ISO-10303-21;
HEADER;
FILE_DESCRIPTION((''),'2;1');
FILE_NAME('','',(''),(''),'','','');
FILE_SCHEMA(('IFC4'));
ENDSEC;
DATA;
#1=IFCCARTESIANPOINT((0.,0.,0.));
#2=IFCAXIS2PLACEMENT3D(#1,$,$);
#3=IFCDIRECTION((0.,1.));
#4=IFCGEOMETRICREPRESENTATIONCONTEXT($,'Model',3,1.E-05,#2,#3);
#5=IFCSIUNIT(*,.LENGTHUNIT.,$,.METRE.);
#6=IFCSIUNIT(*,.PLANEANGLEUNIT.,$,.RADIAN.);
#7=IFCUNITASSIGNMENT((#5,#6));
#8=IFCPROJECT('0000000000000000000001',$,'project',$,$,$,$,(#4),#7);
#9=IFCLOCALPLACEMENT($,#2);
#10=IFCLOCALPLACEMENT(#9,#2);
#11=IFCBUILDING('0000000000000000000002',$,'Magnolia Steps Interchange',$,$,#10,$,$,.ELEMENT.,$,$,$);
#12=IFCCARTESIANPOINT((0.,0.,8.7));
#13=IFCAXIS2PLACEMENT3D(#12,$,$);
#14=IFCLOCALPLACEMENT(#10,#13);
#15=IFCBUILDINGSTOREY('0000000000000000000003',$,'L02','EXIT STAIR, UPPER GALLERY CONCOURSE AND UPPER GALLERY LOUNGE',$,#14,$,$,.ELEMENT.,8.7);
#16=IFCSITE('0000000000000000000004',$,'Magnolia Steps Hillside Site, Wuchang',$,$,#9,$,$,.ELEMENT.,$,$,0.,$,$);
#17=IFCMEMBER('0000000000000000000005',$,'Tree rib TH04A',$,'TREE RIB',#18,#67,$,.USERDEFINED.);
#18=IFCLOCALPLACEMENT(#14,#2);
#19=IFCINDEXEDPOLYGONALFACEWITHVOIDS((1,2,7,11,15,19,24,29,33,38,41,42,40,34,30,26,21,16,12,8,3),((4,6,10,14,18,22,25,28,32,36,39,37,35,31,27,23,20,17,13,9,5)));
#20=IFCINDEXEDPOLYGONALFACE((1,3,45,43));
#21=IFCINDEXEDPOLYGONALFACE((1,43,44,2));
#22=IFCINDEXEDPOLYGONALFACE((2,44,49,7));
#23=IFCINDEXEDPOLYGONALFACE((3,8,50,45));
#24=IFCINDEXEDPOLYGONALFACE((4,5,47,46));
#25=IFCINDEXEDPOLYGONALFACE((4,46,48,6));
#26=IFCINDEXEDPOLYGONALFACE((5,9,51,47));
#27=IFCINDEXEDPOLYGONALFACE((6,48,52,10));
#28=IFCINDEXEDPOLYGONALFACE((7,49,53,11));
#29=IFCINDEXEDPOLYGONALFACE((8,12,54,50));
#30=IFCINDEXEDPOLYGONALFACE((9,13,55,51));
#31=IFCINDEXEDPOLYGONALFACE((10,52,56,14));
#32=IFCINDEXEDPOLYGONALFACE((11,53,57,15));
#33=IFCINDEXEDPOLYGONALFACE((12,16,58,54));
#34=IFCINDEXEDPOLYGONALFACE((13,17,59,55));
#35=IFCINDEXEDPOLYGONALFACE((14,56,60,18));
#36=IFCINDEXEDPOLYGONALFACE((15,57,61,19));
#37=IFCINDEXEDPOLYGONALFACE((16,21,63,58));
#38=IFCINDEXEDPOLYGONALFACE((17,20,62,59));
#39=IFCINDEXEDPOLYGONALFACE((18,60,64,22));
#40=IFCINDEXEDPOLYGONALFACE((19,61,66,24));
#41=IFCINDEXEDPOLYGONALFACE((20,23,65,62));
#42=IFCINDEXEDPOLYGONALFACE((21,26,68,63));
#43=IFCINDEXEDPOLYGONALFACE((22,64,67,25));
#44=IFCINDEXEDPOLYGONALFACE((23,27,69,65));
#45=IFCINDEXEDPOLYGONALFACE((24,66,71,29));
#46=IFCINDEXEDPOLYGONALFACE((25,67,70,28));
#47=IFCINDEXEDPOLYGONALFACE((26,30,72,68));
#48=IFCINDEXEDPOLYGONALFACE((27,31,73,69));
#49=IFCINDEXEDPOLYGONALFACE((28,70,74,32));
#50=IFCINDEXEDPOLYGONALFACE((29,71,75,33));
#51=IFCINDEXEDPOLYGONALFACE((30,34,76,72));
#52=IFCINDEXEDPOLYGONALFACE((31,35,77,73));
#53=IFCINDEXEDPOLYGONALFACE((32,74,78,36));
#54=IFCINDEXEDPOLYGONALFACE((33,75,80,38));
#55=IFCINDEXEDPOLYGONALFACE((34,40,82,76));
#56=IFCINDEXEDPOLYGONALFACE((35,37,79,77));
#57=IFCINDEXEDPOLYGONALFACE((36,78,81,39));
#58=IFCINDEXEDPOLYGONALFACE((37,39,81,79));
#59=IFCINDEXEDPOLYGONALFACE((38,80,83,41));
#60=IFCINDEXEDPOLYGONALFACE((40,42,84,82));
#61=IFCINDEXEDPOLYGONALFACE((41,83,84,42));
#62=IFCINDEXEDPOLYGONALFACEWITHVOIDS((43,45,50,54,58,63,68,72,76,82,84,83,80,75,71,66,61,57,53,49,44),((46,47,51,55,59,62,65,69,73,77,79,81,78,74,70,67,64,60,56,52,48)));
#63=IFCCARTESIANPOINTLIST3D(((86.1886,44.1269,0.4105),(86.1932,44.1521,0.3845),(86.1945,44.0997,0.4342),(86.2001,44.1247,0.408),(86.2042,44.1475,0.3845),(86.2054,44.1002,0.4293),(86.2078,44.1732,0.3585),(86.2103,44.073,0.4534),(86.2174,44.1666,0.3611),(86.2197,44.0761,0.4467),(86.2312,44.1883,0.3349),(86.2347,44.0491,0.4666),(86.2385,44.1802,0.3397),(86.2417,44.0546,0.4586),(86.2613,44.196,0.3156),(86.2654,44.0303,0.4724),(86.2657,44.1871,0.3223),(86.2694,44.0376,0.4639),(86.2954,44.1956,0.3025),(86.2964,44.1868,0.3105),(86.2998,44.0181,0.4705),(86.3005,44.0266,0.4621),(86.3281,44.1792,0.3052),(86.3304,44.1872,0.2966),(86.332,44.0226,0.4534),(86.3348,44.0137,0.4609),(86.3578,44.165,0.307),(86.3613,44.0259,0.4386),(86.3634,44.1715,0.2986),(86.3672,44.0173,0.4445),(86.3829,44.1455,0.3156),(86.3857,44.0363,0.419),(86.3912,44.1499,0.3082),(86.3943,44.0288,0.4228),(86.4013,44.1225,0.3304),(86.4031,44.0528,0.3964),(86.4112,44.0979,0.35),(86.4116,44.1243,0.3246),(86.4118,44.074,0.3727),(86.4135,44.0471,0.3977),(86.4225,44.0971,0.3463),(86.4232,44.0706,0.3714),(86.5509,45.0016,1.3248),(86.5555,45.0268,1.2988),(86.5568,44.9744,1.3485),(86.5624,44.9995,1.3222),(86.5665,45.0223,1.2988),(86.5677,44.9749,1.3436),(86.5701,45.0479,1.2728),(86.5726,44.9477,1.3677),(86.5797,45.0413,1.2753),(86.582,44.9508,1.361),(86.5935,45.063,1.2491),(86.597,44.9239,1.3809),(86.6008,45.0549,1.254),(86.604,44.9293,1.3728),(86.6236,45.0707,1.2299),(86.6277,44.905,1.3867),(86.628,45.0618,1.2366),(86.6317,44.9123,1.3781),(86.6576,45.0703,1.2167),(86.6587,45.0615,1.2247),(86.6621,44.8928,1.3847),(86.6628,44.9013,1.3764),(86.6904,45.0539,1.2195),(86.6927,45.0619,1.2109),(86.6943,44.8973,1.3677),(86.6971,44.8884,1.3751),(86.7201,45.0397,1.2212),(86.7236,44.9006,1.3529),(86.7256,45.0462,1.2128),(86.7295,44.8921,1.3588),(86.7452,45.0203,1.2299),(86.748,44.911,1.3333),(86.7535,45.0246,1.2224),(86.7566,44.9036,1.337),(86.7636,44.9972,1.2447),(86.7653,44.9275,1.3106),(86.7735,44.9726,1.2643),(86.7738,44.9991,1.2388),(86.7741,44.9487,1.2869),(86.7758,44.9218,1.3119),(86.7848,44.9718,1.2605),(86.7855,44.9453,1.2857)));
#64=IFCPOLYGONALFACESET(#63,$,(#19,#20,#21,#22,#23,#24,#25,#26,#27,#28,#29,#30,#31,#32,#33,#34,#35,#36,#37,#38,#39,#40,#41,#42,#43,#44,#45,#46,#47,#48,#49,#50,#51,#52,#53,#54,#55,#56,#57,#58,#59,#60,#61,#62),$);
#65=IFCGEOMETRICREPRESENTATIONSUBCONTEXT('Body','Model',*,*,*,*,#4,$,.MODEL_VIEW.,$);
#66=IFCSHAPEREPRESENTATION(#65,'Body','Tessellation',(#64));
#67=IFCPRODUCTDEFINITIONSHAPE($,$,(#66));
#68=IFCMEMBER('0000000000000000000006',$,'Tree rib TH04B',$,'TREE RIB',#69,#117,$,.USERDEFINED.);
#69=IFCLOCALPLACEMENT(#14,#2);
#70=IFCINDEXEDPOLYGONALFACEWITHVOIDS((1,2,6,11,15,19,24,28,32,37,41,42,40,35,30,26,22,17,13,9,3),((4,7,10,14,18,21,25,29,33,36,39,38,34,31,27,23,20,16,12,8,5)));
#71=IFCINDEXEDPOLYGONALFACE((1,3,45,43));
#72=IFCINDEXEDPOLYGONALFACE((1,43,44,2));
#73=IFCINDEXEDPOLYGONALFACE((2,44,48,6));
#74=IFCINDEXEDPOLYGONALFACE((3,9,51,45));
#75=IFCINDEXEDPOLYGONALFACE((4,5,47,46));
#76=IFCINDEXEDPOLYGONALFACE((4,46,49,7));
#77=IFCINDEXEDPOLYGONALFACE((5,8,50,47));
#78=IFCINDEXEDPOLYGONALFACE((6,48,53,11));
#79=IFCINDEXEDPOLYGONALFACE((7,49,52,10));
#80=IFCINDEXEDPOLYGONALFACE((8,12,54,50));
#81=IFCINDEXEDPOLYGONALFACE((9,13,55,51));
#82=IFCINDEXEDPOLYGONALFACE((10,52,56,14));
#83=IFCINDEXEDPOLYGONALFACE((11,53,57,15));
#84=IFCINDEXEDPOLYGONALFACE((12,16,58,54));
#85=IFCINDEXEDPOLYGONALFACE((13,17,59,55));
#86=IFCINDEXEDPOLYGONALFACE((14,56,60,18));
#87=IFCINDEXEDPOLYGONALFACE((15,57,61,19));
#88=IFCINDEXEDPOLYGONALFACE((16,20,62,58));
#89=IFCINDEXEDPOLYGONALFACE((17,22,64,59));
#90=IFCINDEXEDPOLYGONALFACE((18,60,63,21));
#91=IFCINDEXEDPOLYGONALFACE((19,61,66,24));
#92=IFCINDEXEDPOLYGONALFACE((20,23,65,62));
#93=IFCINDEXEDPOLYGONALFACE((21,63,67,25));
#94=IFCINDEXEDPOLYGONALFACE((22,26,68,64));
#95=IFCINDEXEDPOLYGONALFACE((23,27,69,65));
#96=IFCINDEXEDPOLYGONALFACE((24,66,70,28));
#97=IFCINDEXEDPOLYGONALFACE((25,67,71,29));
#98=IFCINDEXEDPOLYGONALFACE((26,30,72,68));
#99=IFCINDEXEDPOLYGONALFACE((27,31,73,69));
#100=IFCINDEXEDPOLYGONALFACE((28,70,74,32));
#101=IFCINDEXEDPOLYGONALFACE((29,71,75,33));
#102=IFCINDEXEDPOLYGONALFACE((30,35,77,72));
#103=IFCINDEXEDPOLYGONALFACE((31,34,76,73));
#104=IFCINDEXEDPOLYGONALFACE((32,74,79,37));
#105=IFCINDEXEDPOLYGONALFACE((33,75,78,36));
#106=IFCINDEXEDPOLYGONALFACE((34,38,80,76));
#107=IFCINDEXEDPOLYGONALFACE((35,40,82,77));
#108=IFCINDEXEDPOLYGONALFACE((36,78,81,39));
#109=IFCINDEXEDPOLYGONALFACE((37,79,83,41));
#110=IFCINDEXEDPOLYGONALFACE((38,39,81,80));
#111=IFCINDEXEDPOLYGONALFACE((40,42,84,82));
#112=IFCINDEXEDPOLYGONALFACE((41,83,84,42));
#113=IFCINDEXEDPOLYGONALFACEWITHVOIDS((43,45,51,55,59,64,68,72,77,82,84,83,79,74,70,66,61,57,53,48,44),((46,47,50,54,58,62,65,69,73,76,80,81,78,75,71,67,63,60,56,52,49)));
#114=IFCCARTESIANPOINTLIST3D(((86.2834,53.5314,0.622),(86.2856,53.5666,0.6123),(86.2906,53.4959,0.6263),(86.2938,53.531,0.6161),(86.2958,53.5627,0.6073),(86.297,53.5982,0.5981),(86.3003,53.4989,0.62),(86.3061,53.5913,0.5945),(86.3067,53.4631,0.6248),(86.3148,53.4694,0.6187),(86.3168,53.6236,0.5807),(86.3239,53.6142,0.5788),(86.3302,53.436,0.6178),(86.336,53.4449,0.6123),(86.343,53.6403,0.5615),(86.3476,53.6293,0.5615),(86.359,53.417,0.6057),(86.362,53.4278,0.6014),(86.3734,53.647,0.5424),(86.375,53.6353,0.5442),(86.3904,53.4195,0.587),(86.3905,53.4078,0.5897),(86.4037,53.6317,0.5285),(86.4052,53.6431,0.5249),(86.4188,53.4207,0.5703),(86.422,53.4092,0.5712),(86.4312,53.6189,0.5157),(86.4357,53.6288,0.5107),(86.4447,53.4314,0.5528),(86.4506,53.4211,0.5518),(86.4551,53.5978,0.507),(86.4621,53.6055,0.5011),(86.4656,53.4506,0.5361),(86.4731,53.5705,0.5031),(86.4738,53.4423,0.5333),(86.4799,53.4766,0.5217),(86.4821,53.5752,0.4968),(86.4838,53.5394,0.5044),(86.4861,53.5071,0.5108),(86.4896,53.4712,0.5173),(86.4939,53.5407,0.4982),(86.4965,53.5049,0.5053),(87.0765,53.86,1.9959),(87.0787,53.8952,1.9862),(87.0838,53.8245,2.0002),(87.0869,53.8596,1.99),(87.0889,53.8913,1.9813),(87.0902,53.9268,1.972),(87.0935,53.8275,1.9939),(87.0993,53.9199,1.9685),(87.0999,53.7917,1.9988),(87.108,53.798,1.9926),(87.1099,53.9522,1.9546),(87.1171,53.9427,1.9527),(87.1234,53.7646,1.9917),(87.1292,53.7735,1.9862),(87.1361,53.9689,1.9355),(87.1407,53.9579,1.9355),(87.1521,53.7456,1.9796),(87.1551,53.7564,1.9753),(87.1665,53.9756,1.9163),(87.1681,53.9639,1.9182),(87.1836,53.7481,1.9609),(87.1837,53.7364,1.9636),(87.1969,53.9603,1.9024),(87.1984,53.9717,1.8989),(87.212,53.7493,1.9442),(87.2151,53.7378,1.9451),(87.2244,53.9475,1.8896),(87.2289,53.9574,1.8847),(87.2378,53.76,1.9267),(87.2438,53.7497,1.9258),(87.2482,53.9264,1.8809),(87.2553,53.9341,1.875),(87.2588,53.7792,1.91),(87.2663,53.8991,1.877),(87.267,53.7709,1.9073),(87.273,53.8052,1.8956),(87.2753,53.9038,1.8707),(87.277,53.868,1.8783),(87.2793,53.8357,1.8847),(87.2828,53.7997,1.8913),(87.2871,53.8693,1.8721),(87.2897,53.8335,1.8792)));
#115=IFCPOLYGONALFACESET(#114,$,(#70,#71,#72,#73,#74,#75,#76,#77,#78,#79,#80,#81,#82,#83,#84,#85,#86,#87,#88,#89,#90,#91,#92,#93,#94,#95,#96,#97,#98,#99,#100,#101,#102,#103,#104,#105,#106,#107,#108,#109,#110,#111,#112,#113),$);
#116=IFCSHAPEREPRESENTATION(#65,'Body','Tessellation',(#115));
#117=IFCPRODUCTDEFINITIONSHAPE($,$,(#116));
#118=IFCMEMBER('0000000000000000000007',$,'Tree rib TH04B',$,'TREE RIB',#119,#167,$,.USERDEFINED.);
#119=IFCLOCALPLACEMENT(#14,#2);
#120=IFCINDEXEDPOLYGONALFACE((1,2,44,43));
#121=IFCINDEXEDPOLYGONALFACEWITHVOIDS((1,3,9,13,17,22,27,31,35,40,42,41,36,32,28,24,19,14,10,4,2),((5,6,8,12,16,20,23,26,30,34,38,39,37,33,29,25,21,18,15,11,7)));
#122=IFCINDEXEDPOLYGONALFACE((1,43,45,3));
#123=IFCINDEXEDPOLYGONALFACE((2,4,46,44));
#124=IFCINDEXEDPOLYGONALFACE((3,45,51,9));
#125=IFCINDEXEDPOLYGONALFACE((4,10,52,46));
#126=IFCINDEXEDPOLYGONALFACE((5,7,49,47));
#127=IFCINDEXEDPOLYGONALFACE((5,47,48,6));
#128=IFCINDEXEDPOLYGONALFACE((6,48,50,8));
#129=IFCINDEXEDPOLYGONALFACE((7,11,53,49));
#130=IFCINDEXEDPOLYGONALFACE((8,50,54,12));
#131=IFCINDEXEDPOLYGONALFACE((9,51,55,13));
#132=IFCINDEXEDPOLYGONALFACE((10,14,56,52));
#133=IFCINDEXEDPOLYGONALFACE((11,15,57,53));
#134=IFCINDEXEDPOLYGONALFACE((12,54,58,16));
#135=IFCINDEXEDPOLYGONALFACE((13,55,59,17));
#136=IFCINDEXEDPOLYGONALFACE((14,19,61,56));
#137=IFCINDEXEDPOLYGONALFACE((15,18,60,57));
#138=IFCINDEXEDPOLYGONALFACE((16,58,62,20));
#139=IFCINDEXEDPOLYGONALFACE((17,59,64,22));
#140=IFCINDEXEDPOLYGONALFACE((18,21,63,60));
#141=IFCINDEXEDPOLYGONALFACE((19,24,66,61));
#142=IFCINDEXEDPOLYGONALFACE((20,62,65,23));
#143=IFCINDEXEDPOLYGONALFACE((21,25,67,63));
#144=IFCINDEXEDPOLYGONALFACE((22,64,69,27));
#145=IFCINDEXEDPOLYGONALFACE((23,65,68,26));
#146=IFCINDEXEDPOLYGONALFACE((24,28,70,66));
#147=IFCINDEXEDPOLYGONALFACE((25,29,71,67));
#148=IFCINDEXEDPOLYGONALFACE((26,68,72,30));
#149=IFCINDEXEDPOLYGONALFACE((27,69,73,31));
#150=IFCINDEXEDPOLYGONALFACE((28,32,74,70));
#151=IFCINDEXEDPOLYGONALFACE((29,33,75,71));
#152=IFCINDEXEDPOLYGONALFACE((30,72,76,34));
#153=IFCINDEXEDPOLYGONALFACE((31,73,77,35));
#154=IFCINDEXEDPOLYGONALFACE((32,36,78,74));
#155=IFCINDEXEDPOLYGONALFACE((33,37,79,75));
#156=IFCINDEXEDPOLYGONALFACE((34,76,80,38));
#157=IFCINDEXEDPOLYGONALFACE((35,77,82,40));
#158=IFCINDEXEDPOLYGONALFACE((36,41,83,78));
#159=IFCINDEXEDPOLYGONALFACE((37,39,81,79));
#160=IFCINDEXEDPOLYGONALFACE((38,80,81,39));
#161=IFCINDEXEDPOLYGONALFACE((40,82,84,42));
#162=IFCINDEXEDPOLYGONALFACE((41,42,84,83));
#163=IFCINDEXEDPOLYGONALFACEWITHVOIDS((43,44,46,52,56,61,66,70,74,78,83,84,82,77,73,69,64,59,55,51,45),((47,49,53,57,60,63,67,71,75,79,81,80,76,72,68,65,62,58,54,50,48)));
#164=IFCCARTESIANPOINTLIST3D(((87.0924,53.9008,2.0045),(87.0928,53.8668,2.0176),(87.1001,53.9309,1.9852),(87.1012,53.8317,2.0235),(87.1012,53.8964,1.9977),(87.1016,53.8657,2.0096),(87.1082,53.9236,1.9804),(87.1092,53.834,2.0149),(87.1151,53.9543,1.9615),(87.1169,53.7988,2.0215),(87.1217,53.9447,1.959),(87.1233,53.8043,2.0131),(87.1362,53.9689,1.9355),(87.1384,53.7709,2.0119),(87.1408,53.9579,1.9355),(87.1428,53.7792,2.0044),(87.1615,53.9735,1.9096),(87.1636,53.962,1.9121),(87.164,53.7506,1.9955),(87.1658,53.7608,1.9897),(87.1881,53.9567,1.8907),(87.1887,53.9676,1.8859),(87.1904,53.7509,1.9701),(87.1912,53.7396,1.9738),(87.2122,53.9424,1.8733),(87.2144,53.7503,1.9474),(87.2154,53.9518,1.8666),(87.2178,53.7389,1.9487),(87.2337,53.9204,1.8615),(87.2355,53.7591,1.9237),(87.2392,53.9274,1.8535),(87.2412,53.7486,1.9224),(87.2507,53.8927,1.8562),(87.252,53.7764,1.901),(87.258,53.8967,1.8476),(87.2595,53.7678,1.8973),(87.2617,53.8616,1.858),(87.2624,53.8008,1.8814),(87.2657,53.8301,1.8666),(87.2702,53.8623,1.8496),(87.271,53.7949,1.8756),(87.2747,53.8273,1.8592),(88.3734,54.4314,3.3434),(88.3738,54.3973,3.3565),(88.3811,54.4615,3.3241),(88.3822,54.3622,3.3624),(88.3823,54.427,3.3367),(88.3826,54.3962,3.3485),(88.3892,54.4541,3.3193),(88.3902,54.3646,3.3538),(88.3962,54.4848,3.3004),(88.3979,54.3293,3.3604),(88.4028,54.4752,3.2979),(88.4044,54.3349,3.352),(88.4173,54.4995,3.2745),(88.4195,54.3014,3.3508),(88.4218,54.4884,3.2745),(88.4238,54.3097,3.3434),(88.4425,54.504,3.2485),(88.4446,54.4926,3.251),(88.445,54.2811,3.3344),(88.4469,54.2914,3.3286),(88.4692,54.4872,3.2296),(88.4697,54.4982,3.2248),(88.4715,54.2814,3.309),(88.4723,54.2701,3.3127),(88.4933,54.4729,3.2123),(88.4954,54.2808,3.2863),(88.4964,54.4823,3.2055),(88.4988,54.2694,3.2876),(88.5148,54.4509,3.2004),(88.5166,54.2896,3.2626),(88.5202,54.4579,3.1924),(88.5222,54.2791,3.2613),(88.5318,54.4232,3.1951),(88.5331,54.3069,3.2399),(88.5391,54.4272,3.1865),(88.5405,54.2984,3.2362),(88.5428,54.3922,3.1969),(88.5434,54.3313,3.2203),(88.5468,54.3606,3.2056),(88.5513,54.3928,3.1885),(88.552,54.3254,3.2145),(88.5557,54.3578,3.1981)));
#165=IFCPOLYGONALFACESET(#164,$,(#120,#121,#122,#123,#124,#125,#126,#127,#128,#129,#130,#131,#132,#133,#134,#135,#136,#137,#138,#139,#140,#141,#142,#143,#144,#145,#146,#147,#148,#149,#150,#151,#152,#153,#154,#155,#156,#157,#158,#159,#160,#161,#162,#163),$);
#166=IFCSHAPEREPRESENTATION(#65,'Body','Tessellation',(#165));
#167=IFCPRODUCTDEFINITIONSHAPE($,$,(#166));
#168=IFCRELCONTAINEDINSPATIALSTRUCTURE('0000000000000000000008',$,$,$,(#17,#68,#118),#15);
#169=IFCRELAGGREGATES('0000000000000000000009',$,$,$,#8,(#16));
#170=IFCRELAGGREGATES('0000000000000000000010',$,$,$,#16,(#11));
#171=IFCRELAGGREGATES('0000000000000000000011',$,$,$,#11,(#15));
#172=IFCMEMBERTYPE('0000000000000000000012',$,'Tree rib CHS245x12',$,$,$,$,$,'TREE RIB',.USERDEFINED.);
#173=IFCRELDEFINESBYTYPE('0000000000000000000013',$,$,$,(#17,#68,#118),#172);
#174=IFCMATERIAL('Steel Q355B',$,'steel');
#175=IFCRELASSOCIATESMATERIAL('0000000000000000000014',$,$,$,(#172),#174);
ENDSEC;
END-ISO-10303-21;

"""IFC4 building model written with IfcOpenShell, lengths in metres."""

from ifc_helpers import new_model, si_unit, direction, frame, origin, origin_2d, place, context, subcontext, project, spatial, hollow_circle, extrude, material, material_profile, profile_set, type_object, element, save


model = new_model("IFC4")

# Units and contexts
model_context = context("Model", 3, precision=1e-05, world=origin(), true_north=direction((0.0, 1.0)))
body_context = subcontext(model_context, "Body", "Model", "MODEL_VIEW")
ifc_project = project(units=[si_unit("LENGTHUNIT", "METRE"), si_unit("PLANEANGLEUNIT", "RADIAN")], contexts=[model_context])

# Site, building, storey
site_placement = place(None, origin())
site = spatial("IfcSite", under=ifc_project, at=site_placement, Name="Magnolia Steps Hillside Site, Wuchang", CompositionType="ELEMENT", RefElevation=0.0)
building_placement = place(site_placement, origin())
building = spatial("IfcBuilding", under=site, at=building_placement, Name="Magnolia Steps Interchange", CompositionType="ELEMENT")
storey_placement = place(building_placement, frame((0.0, 0.0, 8.7)))
storey = spatial("IfcBuildingStorey", under=building, at=storey_placement, Name="L02", Description="EXIT STAIR, UPPER GALLERY CONCOURSE AND UPPER GALLERY LOUNGE", CompositionType="ELEMENT", Elevation=8.7)

# Members
ifc_material_1 = material(Name="Steel Q355B", Category="steel")
ifc_material_profile_1 = material_profile(ifc_material_1, hollow_circle(Radius=0.1226, WallThickness=0.012, at=origin_2d()), Name="CHS245x12")
ifc_profile_set_1 = profile_set([ifc_material_profile_1], Name="Steel Q355B")
member_type = type_object("IfcMemberType", Name="Tree rib CHS245x12", ElementType="TREE RIB", PredefinedType="USERDEFINED", material=ifc_profile_set_1)
member_1_placement = place(storey_placement, frame((86.3064, 44.1052, 0.3845), z_axis=(0.275263, 0.6646, 0.694649), x_axis=(-0.923891, 0.382655, 0.0)))
element("IfcMember", 1, at=member_1_placement, inside=storey, type_object=member_type, Name="Tree rib TH04A", ObjectType="TREE RIB", PredefinedType="USERDEFINED", context=body_context, shape_type="SweptSolid", body=[
    extrude(hollow_circle(Radius=0.1226, WallThickness=0.012, at=origin_2d()), origin(), (0.0, 0.0, 1.0), 1.3162),
])
member_2_placement = place(storey_placement, frame((86.3899, 53.5271, 0.5615), z_axis=(0.489571, 0.20282, 0.848047), x_axis=(-0.382737, 0.923857, 0.0)))
element("IfcMember", 2, at=member_2_placement, inside=storey, type_object=member_type, Name="Tree rib TH04B", ObjectType="TREE RIB", PredefinedType="USERDEFINED", context=body_context, shape_type="SweptSolid", body=[
    extrude(hollow_circle(Radius=0.1226, WallThickness=0.012, at=origin_2d()), origin(), (0.0, 0.0, 1.0), 1.6201),
])
for number, where, z_axis, x_axis, name in (
    (3, (87.1831, 53.8557, 1.9355), (0.664618, 0.275246, 0.694638), (-0.382627, 0.923903, 0.0), "Tree rib TH04B"),
):
    element("IfcMember", number, at=place(storey_placement, frame(where, z_axis=z_axis, x_axis=x_axis)), inside=storey, type_object=member_type, Name=name, ObjectType="TREE RIB", PredefinedType="USERDEFINED", context=body_context, shape_type="SweptSolid", body=[
        extrude(hollow_circle(Radius=0.1226, WallThickness=0.012, at=origin_2d()), origin(), (0.0, 0.0, 1.0), 1.9275),
    ])

save(model, "model.ifc")
